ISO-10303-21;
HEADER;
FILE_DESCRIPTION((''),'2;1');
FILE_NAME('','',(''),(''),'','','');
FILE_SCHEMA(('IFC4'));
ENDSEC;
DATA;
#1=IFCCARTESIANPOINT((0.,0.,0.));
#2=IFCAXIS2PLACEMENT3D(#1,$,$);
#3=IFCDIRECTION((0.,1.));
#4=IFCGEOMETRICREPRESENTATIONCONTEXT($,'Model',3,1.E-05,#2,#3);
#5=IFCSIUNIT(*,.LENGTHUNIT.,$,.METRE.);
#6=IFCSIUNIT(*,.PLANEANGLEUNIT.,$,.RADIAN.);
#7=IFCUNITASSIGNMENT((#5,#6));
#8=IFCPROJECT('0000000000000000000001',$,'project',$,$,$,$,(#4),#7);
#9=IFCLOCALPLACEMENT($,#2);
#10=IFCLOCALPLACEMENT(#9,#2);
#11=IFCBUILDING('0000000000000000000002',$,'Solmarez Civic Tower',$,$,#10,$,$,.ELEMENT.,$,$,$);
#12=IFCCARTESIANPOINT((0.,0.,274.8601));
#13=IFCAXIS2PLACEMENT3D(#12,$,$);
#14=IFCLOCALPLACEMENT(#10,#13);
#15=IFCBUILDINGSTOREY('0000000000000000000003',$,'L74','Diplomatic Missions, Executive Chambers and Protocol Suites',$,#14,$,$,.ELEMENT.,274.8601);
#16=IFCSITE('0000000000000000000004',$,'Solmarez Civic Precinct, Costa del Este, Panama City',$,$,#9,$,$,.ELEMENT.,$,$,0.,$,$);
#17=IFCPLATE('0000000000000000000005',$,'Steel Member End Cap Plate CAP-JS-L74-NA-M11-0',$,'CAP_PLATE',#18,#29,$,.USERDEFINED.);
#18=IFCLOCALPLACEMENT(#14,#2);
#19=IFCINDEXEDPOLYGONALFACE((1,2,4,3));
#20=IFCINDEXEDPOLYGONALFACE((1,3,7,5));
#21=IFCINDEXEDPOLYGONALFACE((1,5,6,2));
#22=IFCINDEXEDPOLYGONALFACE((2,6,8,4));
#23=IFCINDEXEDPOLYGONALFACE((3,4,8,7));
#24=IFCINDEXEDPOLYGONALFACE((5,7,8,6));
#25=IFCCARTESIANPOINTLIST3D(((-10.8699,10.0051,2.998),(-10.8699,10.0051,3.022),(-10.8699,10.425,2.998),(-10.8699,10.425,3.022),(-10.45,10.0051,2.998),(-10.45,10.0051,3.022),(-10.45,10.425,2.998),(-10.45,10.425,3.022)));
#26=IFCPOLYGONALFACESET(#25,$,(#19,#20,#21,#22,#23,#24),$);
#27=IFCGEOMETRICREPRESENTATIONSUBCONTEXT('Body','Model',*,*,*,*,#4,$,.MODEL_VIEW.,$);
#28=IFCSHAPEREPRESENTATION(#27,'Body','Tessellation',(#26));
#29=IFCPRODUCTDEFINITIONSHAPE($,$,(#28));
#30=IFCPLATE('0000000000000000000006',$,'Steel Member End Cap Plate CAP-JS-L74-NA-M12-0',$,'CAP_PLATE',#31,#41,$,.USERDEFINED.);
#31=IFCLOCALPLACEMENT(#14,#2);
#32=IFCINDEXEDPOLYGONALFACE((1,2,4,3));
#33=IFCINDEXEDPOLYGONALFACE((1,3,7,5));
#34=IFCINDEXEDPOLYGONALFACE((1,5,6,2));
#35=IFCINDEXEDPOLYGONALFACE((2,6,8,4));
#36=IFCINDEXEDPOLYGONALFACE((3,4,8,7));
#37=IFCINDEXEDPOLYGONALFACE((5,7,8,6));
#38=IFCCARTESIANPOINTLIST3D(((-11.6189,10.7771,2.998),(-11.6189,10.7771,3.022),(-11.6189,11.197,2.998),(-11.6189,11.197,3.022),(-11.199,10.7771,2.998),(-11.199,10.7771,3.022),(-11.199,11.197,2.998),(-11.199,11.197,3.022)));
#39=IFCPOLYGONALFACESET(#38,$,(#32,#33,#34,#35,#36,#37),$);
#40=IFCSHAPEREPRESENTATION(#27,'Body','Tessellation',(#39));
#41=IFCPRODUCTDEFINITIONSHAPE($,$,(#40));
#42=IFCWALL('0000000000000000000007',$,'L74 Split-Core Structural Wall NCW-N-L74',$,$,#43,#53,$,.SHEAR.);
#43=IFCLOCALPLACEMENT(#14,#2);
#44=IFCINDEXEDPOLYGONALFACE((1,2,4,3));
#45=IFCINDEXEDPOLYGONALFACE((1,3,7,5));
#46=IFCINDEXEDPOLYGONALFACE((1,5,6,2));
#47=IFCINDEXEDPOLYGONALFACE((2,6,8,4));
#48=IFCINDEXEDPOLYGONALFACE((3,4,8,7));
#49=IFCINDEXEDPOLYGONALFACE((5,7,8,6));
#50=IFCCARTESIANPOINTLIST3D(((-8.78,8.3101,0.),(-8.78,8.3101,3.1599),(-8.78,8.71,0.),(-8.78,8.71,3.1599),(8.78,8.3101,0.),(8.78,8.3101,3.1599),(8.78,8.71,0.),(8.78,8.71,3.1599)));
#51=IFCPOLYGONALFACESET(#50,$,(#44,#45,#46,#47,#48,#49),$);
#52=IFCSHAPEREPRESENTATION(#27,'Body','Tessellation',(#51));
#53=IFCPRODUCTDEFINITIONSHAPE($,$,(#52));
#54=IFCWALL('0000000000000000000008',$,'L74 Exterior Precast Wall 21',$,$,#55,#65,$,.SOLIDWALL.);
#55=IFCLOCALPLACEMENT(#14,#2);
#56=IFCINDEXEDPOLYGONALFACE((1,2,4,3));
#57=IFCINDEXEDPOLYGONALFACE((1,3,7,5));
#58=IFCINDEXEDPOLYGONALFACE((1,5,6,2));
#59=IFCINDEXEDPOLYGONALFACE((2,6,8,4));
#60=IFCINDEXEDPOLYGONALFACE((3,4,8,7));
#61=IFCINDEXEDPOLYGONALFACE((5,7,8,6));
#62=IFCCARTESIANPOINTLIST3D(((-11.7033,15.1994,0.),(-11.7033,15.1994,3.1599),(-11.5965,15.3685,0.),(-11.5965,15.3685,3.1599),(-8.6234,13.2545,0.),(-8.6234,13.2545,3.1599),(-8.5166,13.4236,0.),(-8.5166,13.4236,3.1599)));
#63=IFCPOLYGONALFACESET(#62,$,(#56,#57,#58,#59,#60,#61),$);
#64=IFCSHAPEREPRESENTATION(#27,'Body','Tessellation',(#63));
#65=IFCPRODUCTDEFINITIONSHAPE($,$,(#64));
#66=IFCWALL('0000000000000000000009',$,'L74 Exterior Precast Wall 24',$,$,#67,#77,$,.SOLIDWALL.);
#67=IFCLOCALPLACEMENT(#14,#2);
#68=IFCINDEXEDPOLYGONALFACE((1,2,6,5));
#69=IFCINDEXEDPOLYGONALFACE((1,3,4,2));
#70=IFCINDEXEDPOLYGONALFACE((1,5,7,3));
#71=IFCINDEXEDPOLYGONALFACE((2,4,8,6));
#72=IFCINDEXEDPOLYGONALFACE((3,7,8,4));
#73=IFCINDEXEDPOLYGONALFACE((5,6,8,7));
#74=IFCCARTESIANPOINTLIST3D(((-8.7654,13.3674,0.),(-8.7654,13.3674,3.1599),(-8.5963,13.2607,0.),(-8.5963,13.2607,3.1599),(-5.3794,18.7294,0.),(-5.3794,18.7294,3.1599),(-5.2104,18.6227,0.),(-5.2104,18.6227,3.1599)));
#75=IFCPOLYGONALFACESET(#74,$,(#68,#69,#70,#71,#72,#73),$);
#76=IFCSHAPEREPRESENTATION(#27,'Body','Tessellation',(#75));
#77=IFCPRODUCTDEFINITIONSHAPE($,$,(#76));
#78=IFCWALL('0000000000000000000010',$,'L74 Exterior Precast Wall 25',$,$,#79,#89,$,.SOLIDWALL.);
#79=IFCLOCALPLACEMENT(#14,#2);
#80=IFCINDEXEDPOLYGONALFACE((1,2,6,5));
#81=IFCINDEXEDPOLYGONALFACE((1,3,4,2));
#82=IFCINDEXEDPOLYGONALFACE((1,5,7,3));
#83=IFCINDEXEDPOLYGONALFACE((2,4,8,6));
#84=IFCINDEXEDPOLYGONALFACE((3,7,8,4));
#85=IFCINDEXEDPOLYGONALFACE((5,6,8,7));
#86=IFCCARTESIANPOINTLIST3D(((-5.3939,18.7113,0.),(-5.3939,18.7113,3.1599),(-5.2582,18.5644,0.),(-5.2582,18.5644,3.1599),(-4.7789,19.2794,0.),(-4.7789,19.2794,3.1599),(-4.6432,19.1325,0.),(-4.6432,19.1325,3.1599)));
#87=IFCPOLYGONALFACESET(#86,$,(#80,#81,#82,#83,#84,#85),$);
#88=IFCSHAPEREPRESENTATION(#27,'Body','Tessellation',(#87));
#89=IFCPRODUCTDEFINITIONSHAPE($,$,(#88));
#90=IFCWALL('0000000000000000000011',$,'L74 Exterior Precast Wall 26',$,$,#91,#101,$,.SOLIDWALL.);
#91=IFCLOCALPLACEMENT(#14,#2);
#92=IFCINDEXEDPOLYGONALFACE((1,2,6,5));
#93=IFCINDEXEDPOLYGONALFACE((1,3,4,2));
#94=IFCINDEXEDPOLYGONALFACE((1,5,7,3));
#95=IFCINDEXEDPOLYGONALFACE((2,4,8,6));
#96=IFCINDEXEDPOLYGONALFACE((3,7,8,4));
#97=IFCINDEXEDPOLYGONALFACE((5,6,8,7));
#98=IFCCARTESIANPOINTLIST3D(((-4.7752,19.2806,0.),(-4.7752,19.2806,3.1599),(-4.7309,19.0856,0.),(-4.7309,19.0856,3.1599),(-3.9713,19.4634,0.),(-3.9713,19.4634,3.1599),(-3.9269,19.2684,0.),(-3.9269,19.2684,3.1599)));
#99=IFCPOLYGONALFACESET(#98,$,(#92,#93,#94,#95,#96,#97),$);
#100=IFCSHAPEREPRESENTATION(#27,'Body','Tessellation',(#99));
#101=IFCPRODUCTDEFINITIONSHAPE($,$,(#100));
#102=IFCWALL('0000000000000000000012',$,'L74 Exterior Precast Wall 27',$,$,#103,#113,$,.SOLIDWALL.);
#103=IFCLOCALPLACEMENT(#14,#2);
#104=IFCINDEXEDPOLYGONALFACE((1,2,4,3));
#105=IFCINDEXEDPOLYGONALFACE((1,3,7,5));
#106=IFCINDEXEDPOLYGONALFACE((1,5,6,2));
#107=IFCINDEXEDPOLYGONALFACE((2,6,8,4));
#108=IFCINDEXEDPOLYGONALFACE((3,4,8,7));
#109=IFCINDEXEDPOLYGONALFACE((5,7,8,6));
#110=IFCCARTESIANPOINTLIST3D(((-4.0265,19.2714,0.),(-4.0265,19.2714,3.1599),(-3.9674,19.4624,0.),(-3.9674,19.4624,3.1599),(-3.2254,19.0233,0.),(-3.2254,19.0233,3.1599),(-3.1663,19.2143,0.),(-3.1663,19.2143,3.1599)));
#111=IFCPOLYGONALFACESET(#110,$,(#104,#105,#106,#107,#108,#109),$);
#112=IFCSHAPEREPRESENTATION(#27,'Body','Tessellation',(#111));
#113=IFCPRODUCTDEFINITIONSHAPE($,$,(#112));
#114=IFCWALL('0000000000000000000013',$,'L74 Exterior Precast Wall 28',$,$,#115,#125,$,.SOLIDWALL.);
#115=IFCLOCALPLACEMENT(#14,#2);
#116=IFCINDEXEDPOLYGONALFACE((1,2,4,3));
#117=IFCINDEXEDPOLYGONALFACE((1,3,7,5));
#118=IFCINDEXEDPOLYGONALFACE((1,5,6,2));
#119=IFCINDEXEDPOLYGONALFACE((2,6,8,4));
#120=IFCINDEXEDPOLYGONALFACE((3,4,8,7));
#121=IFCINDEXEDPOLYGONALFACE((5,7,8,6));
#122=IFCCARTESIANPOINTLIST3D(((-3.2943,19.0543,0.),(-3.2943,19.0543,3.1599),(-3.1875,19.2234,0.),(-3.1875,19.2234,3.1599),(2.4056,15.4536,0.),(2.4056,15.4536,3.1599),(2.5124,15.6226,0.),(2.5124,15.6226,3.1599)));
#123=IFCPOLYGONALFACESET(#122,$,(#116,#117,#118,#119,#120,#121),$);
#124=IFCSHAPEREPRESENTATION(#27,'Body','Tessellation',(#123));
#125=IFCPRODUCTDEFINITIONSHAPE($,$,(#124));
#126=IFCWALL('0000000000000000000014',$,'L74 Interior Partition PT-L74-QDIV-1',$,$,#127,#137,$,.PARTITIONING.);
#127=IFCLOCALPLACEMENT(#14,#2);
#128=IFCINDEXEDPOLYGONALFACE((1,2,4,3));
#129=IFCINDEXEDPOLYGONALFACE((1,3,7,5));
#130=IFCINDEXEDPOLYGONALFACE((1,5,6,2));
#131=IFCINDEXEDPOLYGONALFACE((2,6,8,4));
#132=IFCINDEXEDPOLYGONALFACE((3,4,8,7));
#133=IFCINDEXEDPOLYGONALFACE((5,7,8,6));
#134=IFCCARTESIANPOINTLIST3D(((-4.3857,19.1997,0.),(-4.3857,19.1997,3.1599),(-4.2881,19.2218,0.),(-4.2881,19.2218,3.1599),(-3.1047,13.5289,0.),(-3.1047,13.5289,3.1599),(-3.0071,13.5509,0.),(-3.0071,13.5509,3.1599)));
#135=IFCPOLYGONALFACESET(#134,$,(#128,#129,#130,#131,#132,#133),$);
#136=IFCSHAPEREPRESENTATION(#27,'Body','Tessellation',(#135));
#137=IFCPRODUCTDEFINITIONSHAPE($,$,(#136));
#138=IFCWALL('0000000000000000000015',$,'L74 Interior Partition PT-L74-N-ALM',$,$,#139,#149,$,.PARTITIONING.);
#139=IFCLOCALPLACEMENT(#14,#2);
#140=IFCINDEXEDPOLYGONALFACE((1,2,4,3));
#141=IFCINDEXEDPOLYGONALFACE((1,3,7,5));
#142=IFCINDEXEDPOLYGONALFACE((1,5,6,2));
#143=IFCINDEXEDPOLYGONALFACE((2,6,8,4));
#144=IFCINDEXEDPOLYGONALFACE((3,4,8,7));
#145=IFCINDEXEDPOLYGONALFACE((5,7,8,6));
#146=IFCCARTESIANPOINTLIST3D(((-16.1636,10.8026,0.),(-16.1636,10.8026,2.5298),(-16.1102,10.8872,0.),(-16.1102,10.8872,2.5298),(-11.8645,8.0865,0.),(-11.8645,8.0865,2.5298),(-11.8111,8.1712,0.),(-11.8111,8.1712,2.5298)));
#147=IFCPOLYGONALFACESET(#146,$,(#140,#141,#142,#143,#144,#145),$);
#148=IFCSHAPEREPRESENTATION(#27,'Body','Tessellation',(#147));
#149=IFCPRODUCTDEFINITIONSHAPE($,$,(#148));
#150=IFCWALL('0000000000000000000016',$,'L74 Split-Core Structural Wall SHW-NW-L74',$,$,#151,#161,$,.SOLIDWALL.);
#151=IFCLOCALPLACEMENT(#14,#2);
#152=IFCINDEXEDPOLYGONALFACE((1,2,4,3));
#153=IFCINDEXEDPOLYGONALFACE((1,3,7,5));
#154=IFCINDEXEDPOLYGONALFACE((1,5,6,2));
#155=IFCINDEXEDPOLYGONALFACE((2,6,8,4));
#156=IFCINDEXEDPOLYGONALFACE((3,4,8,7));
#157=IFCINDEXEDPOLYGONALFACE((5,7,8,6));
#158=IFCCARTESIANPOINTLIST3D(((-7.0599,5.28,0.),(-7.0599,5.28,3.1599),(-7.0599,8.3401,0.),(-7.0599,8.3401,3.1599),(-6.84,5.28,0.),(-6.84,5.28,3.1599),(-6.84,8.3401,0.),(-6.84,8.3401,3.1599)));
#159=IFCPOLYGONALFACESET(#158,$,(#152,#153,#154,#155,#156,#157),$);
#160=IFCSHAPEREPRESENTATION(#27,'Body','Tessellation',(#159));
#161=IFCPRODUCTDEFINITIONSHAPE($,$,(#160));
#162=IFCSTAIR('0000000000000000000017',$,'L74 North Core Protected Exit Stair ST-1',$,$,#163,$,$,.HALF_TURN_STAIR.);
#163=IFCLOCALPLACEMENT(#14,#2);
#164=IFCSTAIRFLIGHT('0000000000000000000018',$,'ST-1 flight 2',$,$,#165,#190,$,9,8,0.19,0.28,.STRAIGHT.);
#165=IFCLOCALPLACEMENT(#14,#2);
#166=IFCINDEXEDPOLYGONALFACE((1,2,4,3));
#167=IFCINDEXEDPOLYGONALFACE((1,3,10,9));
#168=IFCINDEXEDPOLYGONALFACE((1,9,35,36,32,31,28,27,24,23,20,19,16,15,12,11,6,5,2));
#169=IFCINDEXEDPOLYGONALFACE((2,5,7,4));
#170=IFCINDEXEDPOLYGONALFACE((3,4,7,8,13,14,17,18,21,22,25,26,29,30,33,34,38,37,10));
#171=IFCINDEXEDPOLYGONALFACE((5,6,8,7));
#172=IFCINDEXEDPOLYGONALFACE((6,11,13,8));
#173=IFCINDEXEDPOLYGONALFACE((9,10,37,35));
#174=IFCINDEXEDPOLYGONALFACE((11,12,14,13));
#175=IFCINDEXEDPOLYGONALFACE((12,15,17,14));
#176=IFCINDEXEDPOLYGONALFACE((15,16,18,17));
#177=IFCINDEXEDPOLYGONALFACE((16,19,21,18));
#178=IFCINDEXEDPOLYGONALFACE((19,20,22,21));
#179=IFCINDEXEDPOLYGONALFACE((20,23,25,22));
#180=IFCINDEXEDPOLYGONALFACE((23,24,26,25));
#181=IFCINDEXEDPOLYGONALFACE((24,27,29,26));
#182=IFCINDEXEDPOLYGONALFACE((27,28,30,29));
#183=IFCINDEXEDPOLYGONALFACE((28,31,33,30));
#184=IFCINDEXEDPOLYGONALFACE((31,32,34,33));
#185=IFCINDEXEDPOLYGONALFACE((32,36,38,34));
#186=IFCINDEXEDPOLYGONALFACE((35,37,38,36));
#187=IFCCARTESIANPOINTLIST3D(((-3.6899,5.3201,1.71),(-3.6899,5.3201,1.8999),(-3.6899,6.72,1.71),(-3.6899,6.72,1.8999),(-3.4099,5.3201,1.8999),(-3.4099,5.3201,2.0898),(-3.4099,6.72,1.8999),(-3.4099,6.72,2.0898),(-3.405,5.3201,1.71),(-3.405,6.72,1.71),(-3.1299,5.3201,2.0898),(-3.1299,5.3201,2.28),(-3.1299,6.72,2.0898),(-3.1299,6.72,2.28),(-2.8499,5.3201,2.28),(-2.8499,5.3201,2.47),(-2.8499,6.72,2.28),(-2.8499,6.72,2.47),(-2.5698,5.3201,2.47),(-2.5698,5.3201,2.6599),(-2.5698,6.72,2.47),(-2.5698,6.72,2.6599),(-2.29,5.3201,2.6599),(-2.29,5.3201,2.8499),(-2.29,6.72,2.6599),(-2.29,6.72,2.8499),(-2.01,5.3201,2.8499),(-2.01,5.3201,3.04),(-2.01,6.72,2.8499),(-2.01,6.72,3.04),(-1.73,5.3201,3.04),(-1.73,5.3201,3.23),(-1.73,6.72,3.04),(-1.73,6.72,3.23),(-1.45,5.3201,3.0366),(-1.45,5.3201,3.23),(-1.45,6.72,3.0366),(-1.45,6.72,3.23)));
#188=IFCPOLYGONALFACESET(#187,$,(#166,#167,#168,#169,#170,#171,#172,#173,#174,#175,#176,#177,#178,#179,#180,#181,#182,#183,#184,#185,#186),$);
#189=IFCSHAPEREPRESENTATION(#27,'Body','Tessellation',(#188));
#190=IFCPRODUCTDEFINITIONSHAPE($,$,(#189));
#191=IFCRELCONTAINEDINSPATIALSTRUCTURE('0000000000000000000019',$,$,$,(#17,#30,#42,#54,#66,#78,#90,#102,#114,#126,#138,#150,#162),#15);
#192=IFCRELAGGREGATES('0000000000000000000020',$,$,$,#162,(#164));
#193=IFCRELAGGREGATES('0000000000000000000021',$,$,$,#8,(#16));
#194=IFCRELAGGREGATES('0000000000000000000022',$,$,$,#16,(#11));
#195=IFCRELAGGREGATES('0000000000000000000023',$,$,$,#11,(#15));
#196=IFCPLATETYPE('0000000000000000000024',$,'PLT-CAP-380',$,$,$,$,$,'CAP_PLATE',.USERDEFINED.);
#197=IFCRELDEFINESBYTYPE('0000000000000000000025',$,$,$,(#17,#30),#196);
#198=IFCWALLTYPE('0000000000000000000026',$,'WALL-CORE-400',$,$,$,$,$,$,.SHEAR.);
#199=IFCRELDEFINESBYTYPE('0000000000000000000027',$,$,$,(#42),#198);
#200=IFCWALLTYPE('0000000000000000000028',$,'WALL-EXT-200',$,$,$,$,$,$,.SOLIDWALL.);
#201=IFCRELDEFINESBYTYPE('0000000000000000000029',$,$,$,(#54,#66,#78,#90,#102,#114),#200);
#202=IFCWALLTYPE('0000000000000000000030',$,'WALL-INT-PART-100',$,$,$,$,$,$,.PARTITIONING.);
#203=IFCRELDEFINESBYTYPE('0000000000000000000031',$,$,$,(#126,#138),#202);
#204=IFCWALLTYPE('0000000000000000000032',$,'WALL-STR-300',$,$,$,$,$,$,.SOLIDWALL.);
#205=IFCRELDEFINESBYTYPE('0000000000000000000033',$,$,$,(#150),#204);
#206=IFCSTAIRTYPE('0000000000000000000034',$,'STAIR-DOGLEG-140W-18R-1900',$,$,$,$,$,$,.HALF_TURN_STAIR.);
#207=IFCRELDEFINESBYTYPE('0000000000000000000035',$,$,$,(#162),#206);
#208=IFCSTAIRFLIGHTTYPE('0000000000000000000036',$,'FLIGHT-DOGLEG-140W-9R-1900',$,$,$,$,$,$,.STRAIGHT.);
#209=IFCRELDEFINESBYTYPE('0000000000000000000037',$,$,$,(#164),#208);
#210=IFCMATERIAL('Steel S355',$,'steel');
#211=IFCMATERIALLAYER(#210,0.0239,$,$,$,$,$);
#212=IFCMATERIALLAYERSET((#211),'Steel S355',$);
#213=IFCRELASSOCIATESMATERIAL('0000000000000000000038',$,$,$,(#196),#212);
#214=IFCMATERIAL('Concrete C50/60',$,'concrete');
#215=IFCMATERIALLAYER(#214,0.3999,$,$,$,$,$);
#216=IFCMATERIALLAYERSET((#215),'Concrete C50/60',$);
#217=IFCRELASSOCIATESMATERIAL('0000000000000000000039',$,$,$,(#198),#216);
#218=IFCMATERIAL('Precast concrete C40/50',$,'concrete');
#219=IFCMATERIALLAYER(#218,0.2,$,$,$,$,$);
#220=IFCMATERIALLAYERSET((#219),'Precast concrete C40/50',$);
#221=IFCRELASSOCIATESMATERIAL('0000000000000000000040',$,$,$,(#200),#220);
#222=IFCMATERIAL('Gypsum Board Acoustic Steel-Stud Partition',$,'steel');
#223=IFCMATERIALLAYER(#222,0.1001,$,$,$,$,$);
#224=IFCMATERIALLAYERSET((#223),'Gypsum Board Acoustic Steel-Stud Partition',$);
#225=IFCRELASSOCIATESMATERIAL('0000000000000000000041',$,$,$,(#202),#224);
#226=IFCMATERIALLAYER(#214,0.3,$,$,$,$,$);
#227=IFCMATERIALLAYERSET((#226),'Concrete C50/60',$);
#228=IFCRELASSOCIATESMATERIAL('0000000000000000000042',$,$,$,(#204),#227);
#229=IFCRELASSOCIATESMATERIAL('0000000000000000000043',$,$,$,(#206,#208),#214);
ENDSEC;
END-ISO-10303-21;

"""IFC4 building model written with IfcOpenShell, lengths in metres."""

from ifc_helpers import new_model, si_unit, direction, frame, frame_2d, origin, origin_2d, place, context, subcontext, project, spatial, polyline, rectangle, outline, extrude, material, layer, layer_set, type_object, element, aggregate, save


model = new_model("IFC4")

# Units and contexts
model_context = context("Model", 3, precision=1e-05, world=origin(), true_north=direction((0.0, 1.0)))
body_context = subcontext(model_context, "Body", "Model", "MODEL_VIEW")
ifc_project = project(units=[si_unit("LENGTHUNIT", "METRE"), si_unit("PLANEANGLEUNIT", "RADIAN")], contexts=[model_context])

# Site, building, storey
site_placement = place(None, origin())
site = spatial("IfcSite", under=ifc_project, at=site_placement, Name="Solmarez Civic Precinct, Costa del Este, Panama City", CompositionType="ELEMENT", RefElevation=0.0)
building_placement = place(site_placement, origin())
building = spatial("IfcBuilding", under=site, at=building_placement, Name="Solmarez Civic Tower", CompositionType="ELEMENT")
storey_placement = place(building_placement, frame((0.0, 0.0, 274.8601)))
storey = spatial("IfcBuildingStorey", under=building, at=storey_placement, Name="L74", Description="Diplomatic Missions, Executive Chambers and Protocol Suites", CompositionType="ELEMENT", Elevation=274.8601)

# Shared definitions
ifc_material_1 = material(Name="Concrete C50/60", Category="concrete")

# Shared definitions
ifc_material_2 = material(Name="Steel S355", Category="steel")

# Plates
ifc_layer_1 = layer(ifc_material_2, 0.0239)
ifc_layer_set_1 = layer_set([ifc_layer_1], Name="Steel S355")
plate_type = type_object("IfcPlateType", Name="PLT-CAP-380", ElementType="CAP_PLATE", PredefinedType="USERDEFINED", material=ifc_layer_set_1)
for number, where, z_axis, x_axis, name in (
    (1, (-10.6599, 10.2151, 2.998), (0.0, 0.0, 1.0), (1.0, 0.0, 0.0), "Steel Member End Cap Plate CAP-JS-L74-NA-M11-0"),
    (2, (-11.4089, 10.9871, 2.998), (0.0, 0.0, 1.0), (1.0, 0.0, 0.0), "Steel Member End Cap Plate CAP-JS-L74-NA-M12-0"),
):
    element("IfcPlate", number, at=place(storey_placement, frame(where, z_axis=z_axis, x_axis=x_axis)), inside=storey, type_object=plate_type, Name=name, ObjectType="CAP_PLATE", PredefinedType="USERDEFINED", context=body_context, shape_type="SweptSolid", body=[
        extrude(rectangle(XDim=0.4199, YDim=0.4199, at=origin_2d()), origin(), (0.0, 0.0, 1.0), 0.0239),
    ])

# Walls
ifc_layer_2 = layer(ifc_material_1, 0.3999)
ifc_layer_set_2 = layer_set([ifc_layer_2], Name="Concrete C50/60")
wall_type_1 = type_object("IfcWallType", Name="WALL-CORE-400", PredefinedType="SHEAR", material=ifc_layer_set_2)
wall_1_placement = place(storey_placement, frame((-8.78, 8.51, 0.0), z_axis=(0.0, 0.0, 1.0), x_axis=(1.0, 0.0, 0.0)))
element("IfcWall", 3, at=wall_1_placement, inside=storey, type_object=wall_type_1, Name="L74 Split-Core Structural Wall NCW-N-L74", PredefinedType="SHEAR", context=body_context, shape_type="SweptSolid", body=[
    extrude(rectangle(XDim=17.5601, YDim=0.3999, at=frame_2d((8.78, 0.0))), origin(), (0.0, 0.0, 1.0), 3.1599),
])
ifc_material_3 = material(Name="Precast concrete C40/50", Category="concrete")
ifc_layer_3 = layer(ifc_material_3, 0.2)
ifc_layer_set_3 = layer_set([ifc_layer_3], Name="Precast concrete C40/50")
wall_type_2 = type_object("IfcWallType", Name="WALL-EXT-200", PredefinedType="SOLIDWALL", material=ifc_layer_set_3)
wall_2_placement = place(storey_placement, frame((-11.6499, 15.2839, 0.0), z_axis=(0.0, 0.0, 1.0), x_axis=(0.84553, -0.533927, 0.0)))
element("IfcWall", 4, at=wall_2_placement, inside=storey, type_object=wall_type_2, Name="L74 Exterior Precast Wall 21", PredefinedType="SOLIDWALL", context=body_context, shape_type="SweptSolid", body=[
    extrude(rectangle(XDim=3.6426, YDim=0.2, at=frame_2d((1.8213, 0.0))), origin(), (0.0, 0.0, 1.0), 3.1599),
])
wall_3_placement = place(storey_placement, frame((-8.6809, 13.314, 0.0), z_axis=(0.0, 0.0, 1.0), x_axis=(0.533928, 0.84553, 0.0)))
element("IfcWall", 5, at=wall_3_placement, inside=storey, type_object=wall_type_2, Name="L74 Exterior Precast Wall 24", PredefinedType="SOLIDWALL", context=body_context, shape_type="SweptSolid", body=[
    extrude(rectangle(XDim=6.3416, YDim=0.2, at=frame_2d((3.1709, 0.0))), origin(), (0.0, 0.0, 1.0), 3.1599),
])
wall_4_placement = place(storey_placement, frame((-5.3259, 18.6379, 0.0), z_axis=(0.0, 0.0, 1.0), x_axis=(0.734546, 0.678559, 0.0)))
element("IfcWall", 6, at=wall_4_placement, inside=storey, type_object=wall_type_2, Name="L74 Exterior Precast Wall 25", PredefinedType="SOLIDWALL", context=body_context, shape_type="SweptSolid", body=[
    extrude(rectangle(XDim=0.8372, YDim=0.2, at=frame_2d((0.4185, 0.0))), origin(), (0.0, 0.0, 1.0), 3.1599),
])
wall_5_placement = place(storey_placement, frame((-4.7529, 19.1831, 0.0), z_axis=(0.0, 0.0, 1.0), x_axis=(0.975095, 0.221787, 0.0)))
element("IfcWall", 7, at=wall_5_placement, inside=storey, type_object=wall_type_2, Name="L74 Exterior Precast Wall 26", PredefinedType="SOLIDWALL", context=body_context, shape_type="SweptSolid", body=[
    extrude(rectangle(XDim=0.8245, YDim=0.2, at=frame_2d((0.4121, 0.0))), origin(), (0.0, 0.0, 1.0), 3.1599),
])
wall_6_placement = place(storey_placement, frame((-3.9971, 19.3669, 0.0), z_axis=(0.0, 0.0, 1.0), x_axis=(0.955249, -0.295804, 0.0)))
element("IfcWall", 8, at=wall_6_placement, inside=storey, type_object=wall_type_2, Name="L74 Exterior Precast Wall 27", PredefinedType="SOLIDWALL", context=body_context, shape_type="SweptSolid", body=[
    extrude(rectangle(XDim=0.8386, YDim=0.2, at=frame_2d((0.4194, 0.0))), origin(), (0.0, 0.0, 1.0), 3.1599),
])
wall_7_placement = place(storey_placement, frame((-3.241, 19.1389, 0.0), z_axis=(0.0, 0.0, 1.0), x_axis=(0.845431, -0.534084, 0.0)))
element("IfcWall", 9, at=wall_7_placement, inside=storey, type_object=wall_type_2, Name="L74 Exterior Precast Wall 28", PredefinedType="SOLIDWALL", context=body_context, shape_type="SweptSolid", body=[
    extrude(rectangle(XDim=6.7419, YDim=0.2, at=frame_2d((3.3711, 0.0))), origin(), (0.0, 0.0, 1.0), 3.1599),
])
ifc_material_4 = material(Name="Gypsum Board Acoustic Steel-Stud Partition", Category="steel")
ifc_layer_4 = layer(ifc_material_4, 0.1001)
ifc_layer_set_4 = layer_set([ifc_layer_4], Name="Gypsum Board Acoustic Steel-Stud Partition")
wall_type_3 = type_object("IfcWallType", Name="WALL-INT-PART-100", PredefinedType="PARTITIONING", material=ifc_layer_set_4)
wall_8_placement = place(storey_placement, frame((-3.0559, 13.54, 0.0), z_axis=(0.0, 0.0, 1.0), x_axis=(-0.220339, 0.975423, 0.0)))
element("IfcWall", 10, at=wall_8_placement, inside=storey, type_object=wall_type_3, Name="L74 Interior Partition PT-L74-QDIV-1", PredefinedType="PARTITIONING", context=body_context, shape_type="SweptSolid", body=[
    extrude(rectangle(XDim=5.8137, YDim=0.1001, at=frame_2d((2.9067, 0.0))), origin(), (0.0, 0.0, 1.0), 3.1599),
])
wall_9_placement = place(storey_placement, frame((-11.8379, 8.1289, 0.0), z_axis=(0.0, 0.0, 1.0), x_axis=(-0.845412, 0.534114, 0.0)))
element("IfcWall", 11, at=wall_9_placement, inside=storey, type_object=wall_type_3, Name="L74 Interior Partition PT-L74-N-ALM", PredefinedType="PARTITIONING", context=body_context, shape_type="SweptSolid", body=[
    extrude(rectangle(XDim=5.0852, YDim=0.1001, at=frame_2d((2.5425, 0.0))), origin(), (0.0, 0.0, 1.0), 2.5298),
])
ifc_layer_5 = layer(ifc_material_1, 0.3)
ifc_layer_set_5 = layer_set([ifc_layer_5], Name="Concrete C50/60")
wall_type_4 = type_object("IfcWallType", Name="WALL-STR-300", PredefinedType="SOLIDWALL", material=ifc_layer_set_5)
wall_10_placement = place(storey_placement, frame((-6.95, 5.28, 0.0), z_axis=(0.0, 0.0, 1.0), x_axis=(0.0, 1.0, 0.0)))
element("IfcWall", 12, at=wall_10_placement, inside=storey, type_object=wall_type_4, Name="L74 Split-Core Structural Wall SHW-NW-L74", PredefinedType="SOLIDWALL", context=body_context, shape_type="SweptSolid", body=[
    extrude(rectangle(XDim=3.0601, YDim=0.22, at=frame_2d((1.53, 0.0))), origin(), (0.0, 0.0, 1.0), 3.1599),
])

# Stair, stair flight
stair_type = type_object("IfcStairType", Name="STAIR-DOGLEG-140W-18R-1900", PredefinedType="HALF_TURN_STAIR", material=ifc_material_1)
stair_placement = place(storey_placement, origin())
stair = element("IfcStair", 13, at=stair_placement, inside=storey, type_object=stair_type, Name="L74 North Core Protected Exit Stair ST-1", PredefinedType="HALF_TURN_STAIR")
stair_flight_type = type_object("IfcStairFlightType", Name="FLIGHT-DOGLEG-140W-9R-1900", PredefinedType="STRAIGHT", material=ifc_material_1)
stair_flight_placement = place(storey_placement, frame((-3.6899, 6.02, 1.71), z_axis=(0.0, 0.0, 1.0), x_axis=(1.0, 0.0, 0.0)))
stair_flight = element("IfcStairFlight", 14, at=stair_flight_placement, type_object=stair_flight_type, Name="ST-1 flight 2", NumberOfRisers=9, NumberOfTreads=8, PredefinedType="STRAIGHT", RiserHeight=0.19, TreadLength=0.28, context=body_context, shape_type="SweptSolid", body=[
    extrude(outline(polyline([(0.0, 0.0), (0.0, 0.1899), (0.28, 0.1899), (0.28, 0.3799), (0.5601, 0.3799), (0.5601, 0.5701), (0.8401, 0.5701), (0.8401, 0.76), (1.1201, 0.76), (1.1201, 0.95), (1.3999, 0.95), (1.3999, 1.1399), (1.6799, 1.1399), (1.6799, 1.3301), (1.96, 1.3301), (1.96, 1.52), (2.24, 1.52), (2.24, 1.71), (2.24, 1.3267), (0.2849, 0.0), (0.0, 0.0)])), frame((0.0, 0.7, 0.0), z_axis=(0.0, -1.0, 0.0), x_axis=(1.0, 0.0, 0.0)), (0.0, 0.0, 1.0), 1.3999),
])
aggregate(stair, [stair_flight])

save(model, "model.ifc")
